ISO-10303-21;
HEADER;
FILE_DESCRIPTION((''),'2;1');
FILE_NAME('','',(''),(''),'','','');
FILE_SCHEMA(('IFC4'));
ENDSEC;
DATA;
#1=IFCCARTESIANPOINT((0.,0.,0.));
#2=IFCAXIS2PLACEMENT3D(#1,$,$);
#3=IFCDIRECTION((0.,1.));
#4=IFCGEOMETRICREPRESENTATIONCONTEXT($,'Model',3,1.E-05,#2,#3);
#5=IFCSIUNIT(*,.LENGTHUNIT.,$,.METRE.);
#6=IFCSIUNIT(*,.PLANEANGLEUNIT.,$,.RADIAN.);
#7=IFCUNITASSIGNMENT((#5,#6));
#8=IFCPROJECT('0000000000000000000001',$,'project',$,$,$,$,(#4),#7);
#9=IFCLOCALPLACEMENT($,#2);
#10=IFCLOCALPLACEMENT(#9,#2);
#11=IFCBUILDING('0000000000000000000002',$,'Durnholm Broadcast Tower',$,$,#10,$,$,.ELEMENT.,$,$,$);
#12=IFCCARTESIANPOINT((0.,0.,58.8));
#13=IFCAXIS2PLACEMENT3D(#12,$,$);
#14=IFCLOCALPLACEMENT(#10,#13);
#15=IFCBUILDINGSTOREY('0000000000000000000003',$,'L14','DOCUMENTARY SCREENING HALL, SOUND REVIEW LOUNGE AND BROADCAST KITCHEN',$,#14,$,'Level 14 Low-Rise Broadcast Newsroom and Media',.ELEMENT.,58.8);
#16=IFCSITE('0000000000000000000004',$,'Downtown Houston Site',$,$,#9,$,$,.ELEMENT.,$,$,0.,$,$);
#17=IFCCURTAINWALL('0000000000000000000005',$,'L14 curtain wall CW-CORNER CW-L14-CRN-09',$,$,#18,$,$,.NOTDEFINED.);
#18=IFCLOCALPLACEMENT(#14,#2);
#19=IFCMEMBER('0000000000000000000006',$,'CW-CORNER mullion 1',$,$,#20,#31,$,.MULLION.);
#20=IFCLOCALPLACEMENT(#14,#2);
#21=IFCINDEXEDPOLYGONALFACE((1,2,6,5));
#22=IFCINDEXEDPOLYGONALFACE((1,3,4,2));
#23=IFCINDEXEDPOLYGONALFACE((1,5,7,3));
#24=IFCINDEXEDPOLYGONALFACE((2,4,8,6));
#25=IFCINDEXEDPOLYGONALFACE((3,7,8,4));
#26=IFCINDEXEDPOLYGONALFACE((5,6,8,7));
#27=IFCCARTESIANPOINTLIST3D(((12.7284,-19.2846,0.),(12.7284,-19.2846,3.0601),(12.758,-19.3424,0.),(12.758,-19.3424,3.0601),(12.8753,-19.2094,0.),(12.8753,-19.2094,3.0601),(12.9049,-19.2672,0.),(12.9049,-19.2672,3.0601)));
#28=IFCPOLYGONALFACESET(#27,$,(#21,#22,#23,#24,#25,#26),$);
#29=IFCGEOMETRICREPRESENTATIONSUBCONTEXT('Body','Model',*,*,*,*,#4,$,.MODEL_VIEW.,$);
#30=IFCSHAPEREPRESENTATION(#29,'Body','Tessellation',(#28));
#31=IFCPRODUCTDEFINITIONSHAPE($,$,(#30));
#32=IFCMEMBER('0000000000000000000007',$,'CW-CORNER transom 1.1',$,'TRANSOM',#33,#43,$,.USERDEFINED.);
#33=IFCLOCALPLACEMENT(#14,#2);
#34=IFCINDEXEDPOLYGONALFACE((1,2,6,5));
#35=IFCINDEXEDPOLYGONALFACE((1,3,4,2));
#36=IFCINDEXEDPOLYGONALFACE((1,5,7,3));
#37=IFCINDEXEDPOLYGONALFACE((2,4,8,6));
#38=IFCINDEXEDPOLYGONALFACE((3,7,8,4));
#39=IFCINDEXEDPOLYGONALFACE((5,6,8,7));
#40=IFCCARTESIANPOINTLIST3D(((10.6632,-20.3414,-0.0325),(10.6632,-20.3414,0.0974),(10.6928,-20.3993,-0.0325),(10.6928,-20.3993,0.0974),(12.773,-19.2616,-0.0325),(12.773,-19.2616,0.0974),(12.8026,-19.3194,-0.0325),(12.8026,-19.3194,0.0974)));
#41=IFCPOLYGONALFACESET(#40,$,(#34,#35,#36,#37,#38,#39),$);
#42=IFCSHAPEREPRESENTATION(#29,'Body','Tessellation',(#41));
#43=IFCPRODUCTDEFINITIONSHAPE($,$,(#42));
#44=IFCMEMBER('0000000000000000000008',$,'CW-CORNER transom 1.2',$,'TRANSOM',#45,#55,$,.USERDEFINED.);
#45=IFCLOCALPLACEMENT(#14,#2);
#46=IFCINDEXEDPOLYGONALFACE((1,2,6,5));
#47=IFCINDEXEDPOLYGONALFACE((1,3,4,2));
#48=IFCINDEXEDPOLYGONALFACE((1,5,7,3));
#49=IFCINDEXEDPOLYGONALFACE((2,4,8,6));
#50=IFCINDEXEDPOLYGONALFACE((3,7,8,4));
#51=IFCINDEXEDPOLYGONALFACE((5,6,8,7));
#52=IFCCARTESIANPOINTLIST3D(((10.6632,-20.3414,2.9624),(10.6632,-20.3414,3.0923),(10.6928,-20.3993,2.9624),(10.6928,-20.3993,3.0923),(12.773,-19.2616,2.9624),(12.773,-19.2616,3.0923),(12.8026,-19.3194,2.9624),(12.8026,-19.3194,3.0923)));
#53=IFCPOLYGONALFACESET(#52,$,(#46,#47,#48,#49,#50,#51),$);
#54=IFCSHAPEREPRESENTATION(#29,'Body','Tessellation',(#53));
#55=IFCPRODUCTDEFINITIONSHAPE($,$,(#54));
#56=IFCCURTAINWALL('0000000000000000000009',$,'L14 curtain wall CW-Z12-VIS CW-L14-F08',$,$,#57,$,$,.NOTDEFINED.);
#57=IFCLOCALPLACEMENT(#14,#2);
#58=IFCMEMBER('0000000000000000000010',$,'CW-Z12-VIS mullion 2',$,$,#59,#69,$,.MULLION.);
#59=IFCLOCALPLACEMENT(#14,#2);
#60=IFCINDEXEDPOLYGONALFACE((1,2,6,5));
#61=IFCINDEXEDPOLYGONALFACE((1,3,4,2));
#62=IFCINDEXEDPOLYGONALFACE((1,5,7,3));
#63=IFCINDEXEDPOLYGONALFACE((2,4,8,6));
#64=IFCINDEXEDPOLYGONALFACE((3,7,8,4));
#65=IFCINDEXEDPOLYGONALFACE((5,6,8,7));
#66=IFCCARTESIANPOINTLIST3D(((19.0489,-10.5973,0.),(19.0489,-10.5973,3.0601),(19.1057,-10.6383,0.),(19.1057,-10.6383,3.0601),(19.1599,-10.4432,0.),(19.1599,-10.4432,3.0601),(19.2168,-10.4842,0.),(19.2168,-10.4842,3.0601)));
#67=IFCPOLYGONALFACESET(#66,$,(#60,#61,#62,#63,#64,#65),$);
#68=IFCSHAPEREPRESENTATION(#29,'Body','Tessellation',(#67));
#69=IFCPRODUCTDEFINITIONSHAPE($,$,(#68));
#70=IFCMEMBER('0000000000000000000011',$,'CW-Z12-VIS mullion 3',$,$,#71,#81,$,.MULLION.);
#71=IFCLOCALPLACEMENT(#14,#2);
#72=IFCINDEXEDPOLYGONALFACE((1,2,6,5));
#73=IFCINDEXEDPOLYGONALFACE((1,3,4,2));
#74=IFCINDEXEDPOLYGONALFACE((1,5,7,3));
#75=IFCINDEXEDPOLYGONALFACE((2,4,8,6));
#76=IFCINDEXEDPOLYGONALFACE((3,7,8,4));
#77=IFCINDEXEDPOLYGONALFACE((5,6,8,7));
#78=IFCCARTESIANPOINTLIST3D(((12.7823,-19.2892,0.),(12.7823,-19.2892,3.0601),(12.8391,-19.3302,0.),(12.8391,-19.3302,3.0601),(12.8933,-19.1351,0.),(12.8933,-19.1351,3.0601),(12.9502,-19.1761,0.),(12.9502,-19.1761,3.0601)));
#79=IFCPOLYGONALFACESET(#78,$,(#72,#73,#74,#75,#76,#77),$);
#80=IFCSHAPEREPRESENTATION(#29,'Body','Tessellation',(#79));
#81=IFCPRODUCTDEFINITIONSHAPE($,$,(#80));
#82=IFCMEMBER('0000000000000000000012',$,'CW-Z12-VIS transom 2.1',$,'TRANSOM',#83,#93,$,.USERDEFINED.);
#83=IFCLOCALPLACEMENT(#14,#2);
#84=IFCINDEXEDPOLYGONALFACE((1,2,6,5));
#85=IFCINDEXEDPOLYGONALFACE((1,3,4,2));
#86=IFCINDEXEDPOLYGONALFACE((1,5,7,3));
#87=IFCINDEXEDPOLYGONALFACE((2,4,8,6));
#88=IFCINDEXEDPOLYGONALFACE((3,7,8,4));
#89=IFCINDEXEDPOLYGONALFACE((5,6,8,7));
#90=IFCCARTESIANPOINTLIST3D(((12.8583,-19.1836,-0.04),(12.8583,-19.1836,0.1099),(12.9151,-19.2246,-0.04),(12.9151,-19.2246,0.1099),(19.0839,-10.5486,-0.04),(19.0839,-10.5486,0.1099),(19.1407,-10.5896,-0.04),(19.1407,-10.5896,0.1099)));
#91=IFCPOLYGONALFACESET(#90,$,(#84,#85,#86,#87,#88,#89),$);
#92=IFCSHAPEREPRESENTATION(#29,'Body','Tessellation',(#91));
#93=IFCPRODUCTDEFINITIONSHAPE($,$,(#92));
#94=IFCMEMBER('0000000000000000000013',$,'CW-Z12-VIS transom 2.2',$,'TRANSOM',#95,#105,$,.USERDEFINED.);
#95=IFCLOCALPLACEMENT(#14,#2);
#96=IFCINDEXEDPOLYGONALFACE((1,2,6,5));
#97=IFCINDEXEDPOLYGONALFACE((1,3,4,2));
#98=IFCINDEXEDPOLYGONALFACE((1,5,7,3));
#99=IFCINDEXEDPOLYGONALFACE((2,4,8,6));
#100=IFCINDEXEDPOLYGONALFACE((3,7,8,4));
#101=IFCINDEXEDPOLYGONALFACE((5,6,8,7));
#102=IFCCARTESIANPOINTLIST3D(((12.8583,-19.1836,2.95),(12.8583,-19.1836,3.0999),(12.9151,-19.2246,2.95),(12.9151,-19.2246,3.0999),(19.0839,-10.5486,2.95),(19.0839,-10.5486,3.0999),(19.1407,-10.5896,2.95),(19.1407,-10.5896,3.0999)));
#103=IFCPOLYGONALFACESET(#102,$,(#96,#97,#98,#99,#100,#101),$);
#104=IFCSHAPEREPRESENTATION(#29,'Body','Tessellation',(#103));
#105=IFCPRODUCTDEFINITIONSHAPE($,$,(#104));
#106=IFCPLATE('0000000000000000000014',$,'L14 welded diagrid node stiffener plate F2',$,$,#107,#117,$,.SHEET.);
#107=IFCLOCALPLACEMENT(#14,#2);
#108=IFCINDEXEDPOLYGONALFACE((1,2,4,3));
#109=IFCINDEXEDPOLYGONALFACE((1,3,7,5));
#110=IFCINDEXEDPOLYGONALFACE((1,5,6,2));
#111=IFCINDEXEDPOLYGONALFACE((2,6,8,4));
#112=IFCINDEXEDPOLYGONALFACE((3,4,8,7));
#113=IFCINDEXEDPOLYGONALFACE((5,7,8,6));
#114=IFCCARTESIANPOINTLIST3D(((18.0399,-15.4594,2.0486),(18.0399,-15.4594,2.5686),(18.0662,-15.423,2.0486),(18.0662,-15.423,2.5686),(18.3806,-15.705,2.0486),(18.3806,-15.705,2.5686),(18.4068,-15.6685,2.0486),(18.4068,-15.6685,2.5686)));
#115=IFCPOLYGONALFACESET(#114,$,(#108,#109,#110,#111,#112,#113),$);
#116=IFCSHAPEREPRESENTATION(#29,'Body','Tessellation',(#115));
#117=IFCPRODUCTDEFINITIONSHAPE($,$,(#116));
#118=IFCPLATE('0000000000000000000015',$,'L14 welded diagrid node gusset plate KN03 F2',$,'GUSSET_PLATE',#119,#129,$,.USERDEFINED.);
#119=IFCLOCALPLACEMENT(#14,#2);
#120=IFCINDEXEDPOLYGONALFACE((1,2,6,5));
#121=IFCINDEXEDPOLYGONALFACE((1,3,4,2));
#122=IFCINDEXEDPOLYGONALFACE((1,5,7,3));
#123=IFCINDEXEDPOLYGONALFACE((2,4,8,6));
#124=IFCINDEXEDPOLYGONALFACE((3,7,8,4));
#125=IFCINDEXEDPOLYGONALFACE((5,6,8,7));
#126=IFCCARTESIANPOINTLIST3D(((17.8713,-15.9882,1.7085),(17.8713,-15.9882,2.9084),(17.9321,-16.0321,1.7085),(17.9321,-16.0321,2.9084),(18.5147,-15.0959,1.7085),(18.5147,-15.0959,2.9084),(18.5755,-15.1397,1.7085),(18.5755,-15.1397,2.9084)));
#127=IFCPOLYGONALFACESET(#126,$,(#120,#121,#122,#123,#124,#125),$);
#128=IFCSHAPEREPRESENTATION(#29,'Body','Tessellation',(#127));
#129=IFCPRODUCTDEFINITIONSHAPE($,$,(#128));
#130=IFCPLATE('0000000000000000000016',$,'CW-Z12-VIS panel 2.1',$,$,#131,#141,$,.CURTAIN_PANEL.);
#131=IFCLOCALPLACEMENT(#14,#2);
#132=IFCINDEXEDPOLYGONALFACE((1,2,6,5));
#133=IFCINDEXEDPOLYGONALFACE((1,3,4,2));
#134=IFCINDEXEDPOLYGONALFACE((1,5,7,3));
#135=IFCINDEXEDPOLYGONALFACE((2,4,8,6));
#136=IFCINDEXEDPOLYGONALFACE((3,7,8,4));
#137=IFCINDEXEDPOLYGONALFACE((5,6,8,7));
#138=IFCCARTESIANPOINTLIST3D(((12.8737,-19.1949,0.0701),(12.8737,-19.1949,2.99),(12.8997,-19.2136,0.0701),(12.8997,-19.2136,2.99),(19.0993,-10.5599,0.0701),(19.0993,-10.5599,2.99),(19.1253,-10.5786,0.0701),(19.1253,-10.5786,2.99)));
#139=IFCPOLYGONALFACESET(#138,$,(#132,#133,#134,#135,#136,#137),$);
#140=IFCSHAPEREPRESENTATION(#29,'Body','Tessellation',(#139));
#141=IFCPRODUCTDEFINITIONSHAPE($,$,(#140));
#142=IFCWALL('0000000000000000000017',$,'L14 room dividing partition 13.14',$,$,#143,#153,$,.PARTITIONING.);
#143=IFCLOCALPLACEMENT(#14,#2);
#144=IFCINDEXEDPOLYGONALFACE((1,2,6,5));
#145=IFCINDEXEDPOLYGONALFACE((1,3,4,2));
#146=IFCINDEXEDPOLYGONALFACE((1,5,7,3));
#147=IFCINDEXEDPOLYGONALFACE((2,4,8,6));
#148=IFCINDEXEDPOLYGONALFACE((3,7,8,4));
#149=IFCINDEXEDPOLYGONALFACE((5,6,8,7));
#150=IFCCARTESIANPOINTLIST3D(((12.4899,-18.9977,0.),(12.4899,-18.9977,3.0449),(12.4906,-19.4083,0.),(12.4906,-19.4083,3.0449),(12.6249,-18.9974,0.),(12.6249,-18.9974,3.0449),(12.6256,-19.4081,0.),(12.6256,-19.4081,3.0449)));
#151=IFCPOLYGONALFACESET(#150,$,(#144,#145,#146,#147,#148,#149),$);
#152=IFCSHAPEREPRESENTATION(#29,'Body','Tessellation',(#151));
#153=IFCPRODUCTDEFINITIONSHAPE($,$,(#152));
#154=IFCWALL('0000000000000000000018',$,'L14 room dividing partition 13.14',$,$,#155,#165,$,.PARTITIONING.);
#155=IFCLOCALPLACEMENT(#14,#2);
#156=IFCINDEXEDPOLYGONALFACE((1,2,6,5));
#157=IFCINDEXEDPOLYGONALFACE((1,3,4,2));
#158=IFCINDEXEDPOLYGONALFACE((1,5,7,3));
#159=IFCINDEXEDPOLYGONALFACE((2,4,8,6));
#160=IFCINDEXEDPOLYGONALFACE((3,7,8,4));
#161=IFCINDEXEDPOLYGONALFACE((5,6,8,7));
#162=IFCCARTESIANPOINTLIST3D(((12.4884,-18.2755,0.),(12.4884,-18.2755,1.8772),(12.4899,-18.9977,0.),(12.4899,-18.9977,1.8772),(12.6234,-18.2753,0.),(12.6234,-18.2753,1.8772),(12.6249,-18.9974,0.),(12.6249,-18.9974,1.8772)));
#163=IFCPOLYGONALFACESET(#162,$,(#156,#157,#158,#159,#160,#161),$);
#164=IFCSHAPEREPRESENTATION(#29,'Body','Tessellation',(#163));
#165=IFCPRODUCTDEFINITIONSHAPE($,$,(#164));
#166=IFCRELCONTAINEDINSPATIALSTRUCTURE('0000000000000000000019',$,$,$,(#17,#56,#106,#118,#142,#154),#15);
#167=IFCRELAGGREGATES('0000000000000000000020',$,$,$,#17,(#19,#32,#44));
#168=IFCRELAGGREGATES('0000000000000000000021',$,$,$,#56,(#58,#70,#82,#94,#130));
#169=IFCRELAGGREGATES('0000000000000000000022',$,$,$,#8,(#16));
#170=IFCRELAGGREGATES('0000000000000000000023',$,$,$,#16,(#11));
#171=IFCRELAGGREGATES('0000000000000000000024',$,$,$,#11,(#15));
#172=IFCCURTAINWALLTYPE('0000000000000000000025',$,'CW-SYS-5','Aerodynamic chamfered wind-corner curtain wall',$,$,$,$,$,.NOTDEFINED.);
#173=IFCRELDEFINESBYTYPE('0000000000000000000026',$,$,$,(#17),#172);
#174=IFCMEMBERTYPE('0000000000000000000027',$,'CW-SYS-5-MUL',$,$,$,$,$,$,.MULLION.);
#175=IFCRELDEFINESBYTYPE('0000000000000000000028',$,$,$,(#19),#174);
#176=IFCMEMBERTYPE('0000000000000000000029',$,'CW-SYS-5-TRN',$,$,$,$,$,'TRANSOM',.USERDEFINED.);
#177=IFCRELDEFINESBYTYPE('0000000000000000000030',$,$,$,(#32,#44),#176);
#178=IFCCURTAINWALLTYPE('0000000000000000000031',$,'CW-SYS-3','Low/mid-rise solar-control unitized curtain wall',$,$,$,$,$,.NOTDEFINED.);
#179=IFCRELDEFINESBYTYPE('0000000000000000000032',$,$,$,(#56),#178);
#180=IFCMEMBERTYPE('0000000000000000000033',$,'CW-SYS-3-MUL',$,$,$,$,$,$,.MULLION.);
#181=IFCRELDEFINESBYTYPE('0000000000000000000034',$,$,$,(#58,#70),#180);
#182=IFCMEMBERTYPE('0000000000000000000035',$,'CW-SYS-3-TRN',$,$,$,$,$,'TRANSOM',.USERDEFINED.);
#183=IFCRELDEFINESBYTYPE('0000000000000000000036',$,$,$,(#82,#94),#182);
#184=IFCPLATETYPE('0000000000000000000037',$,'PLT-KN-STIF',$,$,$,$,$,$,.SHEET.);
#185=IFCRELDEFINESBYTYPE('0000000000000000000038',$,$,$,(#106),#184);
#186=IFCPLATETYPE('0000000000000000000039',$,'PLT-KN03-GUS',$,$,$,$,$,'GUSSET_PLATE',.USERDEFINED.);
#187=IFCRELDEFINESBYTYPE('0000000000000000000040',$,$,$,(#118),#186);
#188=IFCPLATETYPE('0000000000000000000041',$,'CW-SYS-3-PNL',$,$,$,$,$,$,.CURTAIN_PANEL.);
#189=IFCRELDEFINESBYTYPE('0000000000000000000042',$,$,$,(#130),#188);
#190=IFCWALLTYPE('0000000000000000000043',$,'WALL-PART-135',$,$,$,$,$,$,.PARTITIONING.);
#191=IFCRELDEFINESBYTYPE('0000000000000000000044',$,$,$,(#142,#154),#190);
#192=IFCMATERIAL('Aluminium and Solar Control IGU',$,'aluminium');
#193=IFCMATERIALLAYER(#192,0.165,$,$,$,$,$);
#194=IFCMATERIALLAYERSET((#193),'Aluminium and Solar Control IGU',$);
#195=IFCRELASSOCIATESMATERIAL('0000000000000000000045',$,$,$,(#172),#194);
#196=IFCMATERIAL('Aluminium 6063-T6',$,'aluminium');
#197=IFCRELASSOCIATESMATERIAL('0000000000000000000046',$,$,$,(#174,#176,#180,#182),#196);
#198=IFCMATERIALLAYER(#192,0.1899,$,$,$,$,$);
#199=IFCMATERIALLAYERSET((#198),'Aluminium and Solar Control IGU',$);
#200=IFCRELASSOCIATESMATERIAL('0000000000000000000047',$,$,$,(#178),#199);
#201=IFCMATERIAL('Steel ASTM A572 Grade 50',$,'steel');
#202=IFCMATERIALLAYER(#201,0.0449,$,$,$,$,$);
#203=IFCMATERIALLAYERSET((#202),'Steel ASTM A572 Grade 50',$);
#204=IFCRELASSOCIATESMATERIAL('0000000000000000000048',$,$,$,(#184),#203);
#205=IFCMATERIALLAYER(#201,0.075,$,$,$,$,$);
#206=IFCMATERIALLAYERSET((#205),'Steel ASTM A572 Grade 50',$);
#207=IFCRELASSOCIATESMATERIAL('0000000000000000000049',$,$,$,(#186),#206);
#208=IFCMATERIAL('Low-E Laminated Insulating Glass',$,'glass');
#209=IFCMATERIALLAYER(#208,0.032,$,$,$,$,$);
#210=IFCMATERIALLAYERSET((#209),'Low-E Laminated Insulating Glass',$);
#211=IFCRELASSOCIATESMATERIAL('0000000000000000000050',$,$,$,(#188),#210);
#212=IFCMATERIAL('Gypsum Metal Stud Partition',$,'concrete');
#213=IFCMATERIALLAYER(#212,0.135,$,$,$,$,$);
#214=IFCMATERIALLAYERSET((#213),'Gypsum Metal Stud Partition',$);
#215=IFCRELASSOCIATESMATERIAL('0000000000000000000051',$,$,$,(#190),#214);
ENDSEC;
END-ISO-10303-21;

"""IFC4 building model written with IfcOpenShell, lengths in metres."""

from ifc_helpers import new_model, si_unit, direction, frame, frame_2d, origin, origin_2d, place, context, subcontext, project, spatial, rectangle, extrude, source, transform, mapped, material, layer, layer_set, material_profile, profile_set, type_object, type_shapes, element, aggregate, save


model = new_model("IFC4")

# Units and contexts
model_context = context("Model", 3, precision=1e-05, world=origin(), true_north=direction((0.0, 1.0)))
body_context = subcontext(model_context, "Body", "Model", "MODEL_VIEW")
ifc_project = project(units=[si_unit("LENGTHUNIT", "METRE"), si_unit("PLANEANGLEUNIT", "RADIAN")], contexts=[model_context])

# Site, building, storey
site_placement = place(None, origin())
site = spatial("IfcSite", under=ifc_project, at=site_placement, Name="Downtown Houston Site", CompositionType="ELEMENT", RefElevation=0.0)
building_placement = place(site_placement, origin())
building = spatial("IfcBuilding", under=site, at=building_placement, Name="Durnholm Broadcast Tower", CompositionType="ELEMENT")
storey_placement = place(building_placement, frame((0.0, 0.0, 58.8)))
storey = spatial("IfcBuildingStorey", under=building, at=storey_placement, Name="L14", Description="DOCUMENTARY SCREENING HALL, SOUND REVIEW LOUNGE AND BROADCAST KITCHEN", LongName="Level 14 Low-Rise Broadcast Newsroom and Media", CompositionType="ELEMENT", Elevation=58.8)

# Curtain walls, members
ifc_material_1 = material(Name="Aluminium and Solar Control IGU", Category="aluminium")
ifc_layer_1 = layer(ifc_material_1, 0.165)
ifc_layer_set_1 = layer_set([ifc_layer_1], Name="Aluminium and Solar Control IGU")
curtain_wall_type_1 = type_object("IfcCurtainWallType", Name="CW-SYS-5", Description="Aerodynamic chamfered wind-corner curtain wall", PredefinedType="NOTDEFINED", material=ifc_layer_set_1)
curtain_wall_1_placement = place(storey_placement, origin())
curtain_wall_1 = element("IfcCurtainWall", 1, at=curtain_wall_1_placement, inside=storey, type_object=curtain_wall_type_1, Name="L14 curtain wall CW-CORNER CW-L14-CRN-09", PredefinedType="NOTDEFINED")
ifc_material_2 = material(Name="Aluminium 6063-T6", Category="aluminium")
ifc_material_profile_1 = material_profile(ifc_material_2, rectangle(XDim=0.0649, YDim=0.165, at=origin_2d()), Name="CWM65X165")
ifc_profile_set_1 = profile_set([ifc_material_profile_1], Name="Aluminium 6063-T6")
member_type_1 = type_object("IfcMemberType", Name="CW-SYS-5-MUL", PredefinedType="MULLION", material=ifc_profile_set_1)
shared_shape_1 = source(origin(), body_context, "Body", "SweptSolid", [
    extrude(rectangle(XDim=0.0649, YDim=0.165, at=origin_2d()), origin(), (0.0, 0.0, 1.0), 3.0601),
])
type_shapes(member_type_1, [shared_shape_1])
member_1_placement = place(storey_placement, frame((12.8167, -19.2759, 0.0), z_axis=(0.0, 0.0, 1.0), x_axis=(0.455594, -0.890188, 0.0)))
member_1 = element("IfcMember", 2, at=member_1_placement, type_object=member_type_1, Name="CW-CORNER mullion 1", PredefinedType="MULLION", context=body_context, shape_type="MappedRepresentation", body=[
    mapped(shared_shape_1, transform((0.0, 0.0, 0.0), x_axis=(1.0, 0.0, 0.0), y_axis=(0.0, 1.0, 0.0), z_axis=(0.0, 0.0, 1.0), scale=1.0)),
])
ifc_material_profile_2 = material_profile(ifc_material_2, rectangle(XDim=0.0649, YDim=0.1299, at=origin_2d()), Name="CWT65X130")
ifc_profile_set_2 = profile_set([ifc_material_profile_2], Name="Aluminium 6063-T6")
member_type_2 = type_object("IfcMemberType", Name="CW-SYS-5-TRN", ElementType="TRANSOM", PredefinedType="USERDEFINED", material=ifc_profile_set_2)
shared_shape_2 = source(origin(), body_context, "Body", "SweptSolid", [
    extrude(rectangle(XDim=0.0649, YDim=0.1299, at=origin_2d()), origin(), (0.0, 0.0, 1.0), 2.3701),
])
type_shapes(member_type_2, [shared_shape_2])
member_2_placement = place(storey_placement, frame((12.7878, -19.2905, 0.0325), z_axis=(-0.890185, -0.455599, 0.0), x_axis=(0.455599, -0.890185, 0.0)))
member_2 = element("IfcMember", 3, at=member_2_placement, type_object=member_type_2, Name="CW-CORNER transom 1.1", ObjectType="TRANSOM", PredefinedType="USERDEFINED", context=body_context, shape_type="MappedRepresentation", body=[
    mapped(shared_shape_2, transform((0.0, 0.0, 0.0), x_axis=(1.0, 0.0, 0.0), y_axis=(0.0, 1.0, 0.0), z_axis=(0.0, 0.0, 1.0), scale=1.0)),
])
member_3_placement = place(storey_placement, frame((12.7878, -19.2905, 3.0273), z_axis=(-0.890185, -0.455599, 0.0), x_axis=(0.455599, -0.890185, 0.0)))
member_3 = element("IfcMember", 4, at=member_3_placement, type_object=member_type_2, Name="CW-CORNER transom 1.2", ObjectType="TRANSOM", PredefinedType="USERDEFINED", context=body_context, shape_type="MappedRepresentation", body=[
    mapped(shared_shape_2, transform((0.0, 0.0, 0.0), x_axis=(1.0, 0.0, 0.0), y_axis=(0.0, 1.0, 0.0), z_axis=(0.0, 0.0, 1.0), scale=1.0)),
])
aggregate(curtain_wall_1, [member_1, member_2, member_3])
ifc_layer_2 = layer(ifc_material_1, 0.1899)
ifc_layer_set_2 = layer_set([ifc_layer_2], Name="Aluminium and Solar Control IGU")
curtain_wall_type_2 = type_object("IfcCurtainWallType", Name="CW-SYS-3", Description="Low/mid-rise solar-control unitized curtain wall", PredefinedType="NOTDEFINED", material=ifc_layer_set_2)
curtain_wall_2_placement = place(storey_placement, origin())
curtain_wall_2 = element("IfcCurtainWall", 5, at=curtain_wall_2_placement, inside=storey, type_object=curtain_wall_type_2, Name="L14 curtain wall CW-Z12-VIS CW-L14-F08", PredefinedType="NOTDEFINED")
ifc_material_profile_3 = material_profile(ifc_material_2, rectangle(XDim=0.0701, YDim=0.1899, at=origin_2d()), Name="CWM70X190")
ifc_profile_set_3 = profile_set([ifc_material_profile_3], Name="Aluminium 6063-T6")
member_type_3 = type_object("IfcMemberType", Name="CW-SYS-3-MUL", PredefinedType="MULLION", material=ifc_profile_set_3)
shared_shape_3 = source(origin(), body_context, "Body", "SweptSolid", [
    extrude(rectangle(XDim=0.0701, YDim=0.1899, at=origin_2d()), origin(), (0.0, 0.0, 1.0), 3.0601),
])
type_shapes(member_type_3, [shared_shape_3])
member_4_placement = place(storey_placement, frame((19.1328, -10.5408, 0.0), z_axis=(0.0, 0.0, 1.0), x_axis=(0.811161, -0.584823, 0.0)))
member_4 = element("IfcMember", 6, at=member_4_placement, type_object=member_type_3, Name="CW-Z12-VIS mullion 2", PredefinedType="MULLION", context=body_context, shape_type="MappedRepresentation", body=[
    mapped(shared_shape_3, transform((0.0, 0.0, 0.0), x_axis=(1.0, 0.0, 0.0), y_axis=(0.0, 1.0, 0.0), z_axis=(0.0, 0.0, 1.0), scale=1.0)),
])
member_5_placement = place(storey_placement, frame((12.8662, -19.2327, 0.0), z_axis=(0.0, 0.0, 1.0), x_axis=(0.811161, -0.584823, 0.0)))
member_5 = element("IfcMember", 7, at=member_5_placement, type_object=member_type_3, Name="CW-Z12-VIS mullion 3", PredefinedType="MULLION", context=body_context, shape_type="MappedRepresentation", body=[
    mapped(shared_shape_3, transform((0.0, 0.0, 0.0), x_axis=(1.0, 0.0, 0.0), y_axis=(0.0, 1.0, 0.0), z_axis=(0.0, 0.0, 1.0), scale=1.0)),
])
ifc_material_profile_4 = material_profile(ifc_material_2, rectangle(XDim=0.0701, YDim=0.1499, at=origin_2d()), Name="CWT70X150")
ifc_profile_set_4 = profile_set([ifc_material_profile_4], Name="Aluminium 6063-T6")
member_type_4 = type_object("IfcMemberType", Name="CW-SYS-3-TRN", ElementType="TRANSOM", PredefinedType="USERDEFINED", material=ifc_profile_set_4)
shared_shape_4 = source(origin(), body_context, "Body", "SweptSolid", [
    extrude(rectangle(XDim=0.0701, YDim=0.1499, at=origin_2d()), origin(), (0.0, 0.0, 1.0), 10.6453),
])
type_shapes(member_type_4, [shared_shape_4])
member_6_placement = place(storey_placement, frame((19.1123, -10.5691, 0.0349), z_axis=(-0.584823, -0.811161, 0.0), x_axis=(0.811161, -0.584823, 0.0)))
member_6 = element("IfcMember", 8, at=member_6_placement, type_object=member_type_4, Name="CW-Z12-VIS transom 2.1", ObjectType="TRANSOM", PredefinedType="USERDEFINED", context=body_context, shape_type="MappedRepresentation", body=[
    mapped(shared_shape_4, transform((0.0, 0.0, 0.0), x_axis=(1.0, 0.0, 0.0), y_axis=(0.0, 1.0, 0.0), z_axis=(0.0, 0.0, 1.0), scale=1.0)),
])
member_7_placement = place(storey_placement, frame((19.1123, -10.5691, 3.0249), z_axis=(-0.584823, -0.811161, 0.0), x_axis=(0.811161, -0.584823, 0.0)))
member_7 = element("IfcMember", 9, at=member_7_placement, type_object=member_type_4, Name="CW-Z12-VIS transom 2.2", ObjectType="TRANSOM", PredefinedType="USERDEFINED", context=body_context, shape_type="MappedRepresentation", body=[
    mapped(shared_shape_4, transform((0.0, 0.0, 0.0), x_axis=(1.0, 0.0, 0.0), y_axis=(0.0, 1.0, 0.0), z_axis=(0.0, 0.0, 1.0), scale=1.0)),
])

# Plates
ifc_material_3 = material(Name="Steel ASTM A572 Grade 50", Category="steel")
ifc_layer_3 = layer(ifc_material_3, 0.0449)
ifc_layer_set_3 = layer_set([ifc_layer_3], Name="Steel ASTM A572 Grade 50")
plate_type_1 = type_object("IfcPlateType", Name="PLT-KN-STIF", PredefinedType="SHEET", material=ifc_layer_set_3)
shared_shape_5 = source(origin(), body_context, "Body", "SweptSolid", [
    extrude(rectangle(XDim=0.0449, YDim=0.4199, at=origin_2d()), origin(), (0.0, 0.0, 1.0), 0.52),
])
type_shapes(plate_type_1, [shared_shape_5])
plate_1_placement = place(storey_placement, frame((18.2234, -15.564, 2.0486), z_axis=(0.0, 0.0, 1.0), x_axis=(0.584816, 0.811166, 0.0)))
element("IfcPlate", 10, at=plate_1_placement, inside=storey, type_object=plate_type_1, Name="L14 welded diagrid node stiffener plate F2", PredefinedType="SHEET", context=body_context, shape_type="MappedRepresentation", body=[
    mapped(shared_shape_5, transform((0.0, 0.0, 0.0), x_axis=(1.0, 0.0, 0.0), y_axis=(0.0, 1.0, 0.0), z_axis=(0.0, 0.0, 1.0), scale=1.0)),
])
ifc_layer_4 = layer(ifc_material_3, 0.075)
ifc_layer_set_4 = layer_set([ifc_layer_4], Name="Steel ASTM A572 Grade 50")
plate_type_2 = type_object("IfcPlateType", Name="PLT-KN03-GUS", ElementType="GUSSET_PLATE", PredefinedType="USERDEFINED", material=ifc_layer_set_4)
shared_shape_6 = source(origin(), body_context, "Body", "SweptSolid", [
    extrude(rectangle(XDim=1.1001, YDim=0.075, at=origin_2d()), origin(), (0.0, 0.0, 1.0), 1.2),
])
type_shapes(plate_type_2, [shared_shape_6])
plate_2_placement = place(storey_placement, frame((18.2234, -15.564, 1.7085), z_axis=(0.0, 0.0, 1.0), x_axis=(0.584816, 0.811166, 0.0)))
element("IfcPlate", 11, at=plate_2_placement, inside=storey, type_object=plate_type_2, Name="L14 welded diagrid node gusset plate KN03 F2", ObjectType="GUSSET_PLATE", PredefinedType="USERDEFINED", context=body_context, shape_type="MappedRepresentation", body=[
    mapped(shared_shape_6, transform((0.0, 0.0, 0.0), x_axis=(1.0, 0.0, 0.0), y_axis=(0.0, 1.0, 0.0), z_axis=(0.0, 0.0, 1.0), scale=1.0)),
])

# Plate
ifc_material_4 = material(Name="Low-E Laminated Insulating Glass", Category="glass")
ifc_layer_5 = layer(ifc_material_4, 0.032)
ifc_layer_set_5 = layer_set([ifc_layer_5], Name="Low-E Laminated Insulating Glass")
plate_type_3 = type_object("IfcPlateType", Name="CW-SYS-3-PNL", PredefinedType="CURTAIN_PANEL", material=ifc_layer_set_5)
shared_shape_7 = source(origin(), body_context, "Body", "SweptSolid", [
    extrude(rectangle(XDim=10.6453, YDim=0.032, at=origin_2d()), origin(), (0.0, 0.0, 1.0), 2.9199),
])
type_shapes(plate_type_3, [shared_shape_7])
plate_3_placement = place(storey_placement, frame((15.9995, -14.8867, 0.0701), z_axis=(0.0, 0.0, 1.0), x_axis=(-0.584823, -0.811161, 0.0)))
plate_3 = element("IfcPlate", 12, at=plate_3_placement, type_object=plate_type_3, Name="CW-Z12-VIS panel 2.1", PredefinedType="CURTAIN_PANEL", context=body_context, shape_type="MappedRepresentation", body=[
    mapped(shared_shape_7, transform((0.0, 0.0, 0.0), x_axis=(1.0, 0.0, 0.0), y_axis=(0.0, 1.0, 0.0), z_axis=(0.0, 0.0, 1.0), scale=1.0)),
])
aggregate(curtain_wall_2, [member_4, member_5, member_6, member_7, plate_3])

# Walls
ifc_material_5 = material(Name="Gypsum Metal Stud Partition", Category="concrete")
ifc_layer_6 = layer(ifc_material_5, 0.135)
ifc_layer_set_6 = layer_set([ifc_layer_6], Name="Gypsum Metal Stud Partition")
wall_type_1 = type_object("IfcWallType", Name="WALL-PART-135", PredefinedType="PARTITIONING", material=ifc_layer_set_6)
wall_1_placement = place(storey_placement, frame((12.5574, -18.9976, 0.0), z_axis=(0.0, 0.0, 1.0), x_axis=(0.001784, -0.999998, 0.0)))
element("IfcWall", 13, at=wall_1_placement, inside=storey, type_object=wall_type_1, Name="L14 room dividing partition 13.14", PredefinedType="PARTITIONING", context=body_context, shape_type="SweptSolid", body=[
    extrude(rectangle(XDim=0.4106, YDim=0.135, at=frame_2d((0.2053, 0.0))), origin(), (0.0, 0.0, 1.0), 3.0449),
])
wall_2_placement = place(storey_placement, frame((12.5559, -18.2754, 0.0), z_axis=(0.0, 0.0, 1.0), x_axis=(0.002028, -0.999998, 0.0)))
element("IfcWall", 14, at=wall_2_placement, inside=storey, type_object=wall_type_1, Name="L14 room dividing partition 13.14", PredefinedType="PARTITIONING", context=body_context, shape_type="SweptSolid", body=[
    extrude(rectangle(XDim=0.7222, YDim=0.135, at=frame_2d((0.3611, 0.0))), origin(), (0.0, 0.0, 1.0), 1.8772),
])

save(model, "model.ifc")
